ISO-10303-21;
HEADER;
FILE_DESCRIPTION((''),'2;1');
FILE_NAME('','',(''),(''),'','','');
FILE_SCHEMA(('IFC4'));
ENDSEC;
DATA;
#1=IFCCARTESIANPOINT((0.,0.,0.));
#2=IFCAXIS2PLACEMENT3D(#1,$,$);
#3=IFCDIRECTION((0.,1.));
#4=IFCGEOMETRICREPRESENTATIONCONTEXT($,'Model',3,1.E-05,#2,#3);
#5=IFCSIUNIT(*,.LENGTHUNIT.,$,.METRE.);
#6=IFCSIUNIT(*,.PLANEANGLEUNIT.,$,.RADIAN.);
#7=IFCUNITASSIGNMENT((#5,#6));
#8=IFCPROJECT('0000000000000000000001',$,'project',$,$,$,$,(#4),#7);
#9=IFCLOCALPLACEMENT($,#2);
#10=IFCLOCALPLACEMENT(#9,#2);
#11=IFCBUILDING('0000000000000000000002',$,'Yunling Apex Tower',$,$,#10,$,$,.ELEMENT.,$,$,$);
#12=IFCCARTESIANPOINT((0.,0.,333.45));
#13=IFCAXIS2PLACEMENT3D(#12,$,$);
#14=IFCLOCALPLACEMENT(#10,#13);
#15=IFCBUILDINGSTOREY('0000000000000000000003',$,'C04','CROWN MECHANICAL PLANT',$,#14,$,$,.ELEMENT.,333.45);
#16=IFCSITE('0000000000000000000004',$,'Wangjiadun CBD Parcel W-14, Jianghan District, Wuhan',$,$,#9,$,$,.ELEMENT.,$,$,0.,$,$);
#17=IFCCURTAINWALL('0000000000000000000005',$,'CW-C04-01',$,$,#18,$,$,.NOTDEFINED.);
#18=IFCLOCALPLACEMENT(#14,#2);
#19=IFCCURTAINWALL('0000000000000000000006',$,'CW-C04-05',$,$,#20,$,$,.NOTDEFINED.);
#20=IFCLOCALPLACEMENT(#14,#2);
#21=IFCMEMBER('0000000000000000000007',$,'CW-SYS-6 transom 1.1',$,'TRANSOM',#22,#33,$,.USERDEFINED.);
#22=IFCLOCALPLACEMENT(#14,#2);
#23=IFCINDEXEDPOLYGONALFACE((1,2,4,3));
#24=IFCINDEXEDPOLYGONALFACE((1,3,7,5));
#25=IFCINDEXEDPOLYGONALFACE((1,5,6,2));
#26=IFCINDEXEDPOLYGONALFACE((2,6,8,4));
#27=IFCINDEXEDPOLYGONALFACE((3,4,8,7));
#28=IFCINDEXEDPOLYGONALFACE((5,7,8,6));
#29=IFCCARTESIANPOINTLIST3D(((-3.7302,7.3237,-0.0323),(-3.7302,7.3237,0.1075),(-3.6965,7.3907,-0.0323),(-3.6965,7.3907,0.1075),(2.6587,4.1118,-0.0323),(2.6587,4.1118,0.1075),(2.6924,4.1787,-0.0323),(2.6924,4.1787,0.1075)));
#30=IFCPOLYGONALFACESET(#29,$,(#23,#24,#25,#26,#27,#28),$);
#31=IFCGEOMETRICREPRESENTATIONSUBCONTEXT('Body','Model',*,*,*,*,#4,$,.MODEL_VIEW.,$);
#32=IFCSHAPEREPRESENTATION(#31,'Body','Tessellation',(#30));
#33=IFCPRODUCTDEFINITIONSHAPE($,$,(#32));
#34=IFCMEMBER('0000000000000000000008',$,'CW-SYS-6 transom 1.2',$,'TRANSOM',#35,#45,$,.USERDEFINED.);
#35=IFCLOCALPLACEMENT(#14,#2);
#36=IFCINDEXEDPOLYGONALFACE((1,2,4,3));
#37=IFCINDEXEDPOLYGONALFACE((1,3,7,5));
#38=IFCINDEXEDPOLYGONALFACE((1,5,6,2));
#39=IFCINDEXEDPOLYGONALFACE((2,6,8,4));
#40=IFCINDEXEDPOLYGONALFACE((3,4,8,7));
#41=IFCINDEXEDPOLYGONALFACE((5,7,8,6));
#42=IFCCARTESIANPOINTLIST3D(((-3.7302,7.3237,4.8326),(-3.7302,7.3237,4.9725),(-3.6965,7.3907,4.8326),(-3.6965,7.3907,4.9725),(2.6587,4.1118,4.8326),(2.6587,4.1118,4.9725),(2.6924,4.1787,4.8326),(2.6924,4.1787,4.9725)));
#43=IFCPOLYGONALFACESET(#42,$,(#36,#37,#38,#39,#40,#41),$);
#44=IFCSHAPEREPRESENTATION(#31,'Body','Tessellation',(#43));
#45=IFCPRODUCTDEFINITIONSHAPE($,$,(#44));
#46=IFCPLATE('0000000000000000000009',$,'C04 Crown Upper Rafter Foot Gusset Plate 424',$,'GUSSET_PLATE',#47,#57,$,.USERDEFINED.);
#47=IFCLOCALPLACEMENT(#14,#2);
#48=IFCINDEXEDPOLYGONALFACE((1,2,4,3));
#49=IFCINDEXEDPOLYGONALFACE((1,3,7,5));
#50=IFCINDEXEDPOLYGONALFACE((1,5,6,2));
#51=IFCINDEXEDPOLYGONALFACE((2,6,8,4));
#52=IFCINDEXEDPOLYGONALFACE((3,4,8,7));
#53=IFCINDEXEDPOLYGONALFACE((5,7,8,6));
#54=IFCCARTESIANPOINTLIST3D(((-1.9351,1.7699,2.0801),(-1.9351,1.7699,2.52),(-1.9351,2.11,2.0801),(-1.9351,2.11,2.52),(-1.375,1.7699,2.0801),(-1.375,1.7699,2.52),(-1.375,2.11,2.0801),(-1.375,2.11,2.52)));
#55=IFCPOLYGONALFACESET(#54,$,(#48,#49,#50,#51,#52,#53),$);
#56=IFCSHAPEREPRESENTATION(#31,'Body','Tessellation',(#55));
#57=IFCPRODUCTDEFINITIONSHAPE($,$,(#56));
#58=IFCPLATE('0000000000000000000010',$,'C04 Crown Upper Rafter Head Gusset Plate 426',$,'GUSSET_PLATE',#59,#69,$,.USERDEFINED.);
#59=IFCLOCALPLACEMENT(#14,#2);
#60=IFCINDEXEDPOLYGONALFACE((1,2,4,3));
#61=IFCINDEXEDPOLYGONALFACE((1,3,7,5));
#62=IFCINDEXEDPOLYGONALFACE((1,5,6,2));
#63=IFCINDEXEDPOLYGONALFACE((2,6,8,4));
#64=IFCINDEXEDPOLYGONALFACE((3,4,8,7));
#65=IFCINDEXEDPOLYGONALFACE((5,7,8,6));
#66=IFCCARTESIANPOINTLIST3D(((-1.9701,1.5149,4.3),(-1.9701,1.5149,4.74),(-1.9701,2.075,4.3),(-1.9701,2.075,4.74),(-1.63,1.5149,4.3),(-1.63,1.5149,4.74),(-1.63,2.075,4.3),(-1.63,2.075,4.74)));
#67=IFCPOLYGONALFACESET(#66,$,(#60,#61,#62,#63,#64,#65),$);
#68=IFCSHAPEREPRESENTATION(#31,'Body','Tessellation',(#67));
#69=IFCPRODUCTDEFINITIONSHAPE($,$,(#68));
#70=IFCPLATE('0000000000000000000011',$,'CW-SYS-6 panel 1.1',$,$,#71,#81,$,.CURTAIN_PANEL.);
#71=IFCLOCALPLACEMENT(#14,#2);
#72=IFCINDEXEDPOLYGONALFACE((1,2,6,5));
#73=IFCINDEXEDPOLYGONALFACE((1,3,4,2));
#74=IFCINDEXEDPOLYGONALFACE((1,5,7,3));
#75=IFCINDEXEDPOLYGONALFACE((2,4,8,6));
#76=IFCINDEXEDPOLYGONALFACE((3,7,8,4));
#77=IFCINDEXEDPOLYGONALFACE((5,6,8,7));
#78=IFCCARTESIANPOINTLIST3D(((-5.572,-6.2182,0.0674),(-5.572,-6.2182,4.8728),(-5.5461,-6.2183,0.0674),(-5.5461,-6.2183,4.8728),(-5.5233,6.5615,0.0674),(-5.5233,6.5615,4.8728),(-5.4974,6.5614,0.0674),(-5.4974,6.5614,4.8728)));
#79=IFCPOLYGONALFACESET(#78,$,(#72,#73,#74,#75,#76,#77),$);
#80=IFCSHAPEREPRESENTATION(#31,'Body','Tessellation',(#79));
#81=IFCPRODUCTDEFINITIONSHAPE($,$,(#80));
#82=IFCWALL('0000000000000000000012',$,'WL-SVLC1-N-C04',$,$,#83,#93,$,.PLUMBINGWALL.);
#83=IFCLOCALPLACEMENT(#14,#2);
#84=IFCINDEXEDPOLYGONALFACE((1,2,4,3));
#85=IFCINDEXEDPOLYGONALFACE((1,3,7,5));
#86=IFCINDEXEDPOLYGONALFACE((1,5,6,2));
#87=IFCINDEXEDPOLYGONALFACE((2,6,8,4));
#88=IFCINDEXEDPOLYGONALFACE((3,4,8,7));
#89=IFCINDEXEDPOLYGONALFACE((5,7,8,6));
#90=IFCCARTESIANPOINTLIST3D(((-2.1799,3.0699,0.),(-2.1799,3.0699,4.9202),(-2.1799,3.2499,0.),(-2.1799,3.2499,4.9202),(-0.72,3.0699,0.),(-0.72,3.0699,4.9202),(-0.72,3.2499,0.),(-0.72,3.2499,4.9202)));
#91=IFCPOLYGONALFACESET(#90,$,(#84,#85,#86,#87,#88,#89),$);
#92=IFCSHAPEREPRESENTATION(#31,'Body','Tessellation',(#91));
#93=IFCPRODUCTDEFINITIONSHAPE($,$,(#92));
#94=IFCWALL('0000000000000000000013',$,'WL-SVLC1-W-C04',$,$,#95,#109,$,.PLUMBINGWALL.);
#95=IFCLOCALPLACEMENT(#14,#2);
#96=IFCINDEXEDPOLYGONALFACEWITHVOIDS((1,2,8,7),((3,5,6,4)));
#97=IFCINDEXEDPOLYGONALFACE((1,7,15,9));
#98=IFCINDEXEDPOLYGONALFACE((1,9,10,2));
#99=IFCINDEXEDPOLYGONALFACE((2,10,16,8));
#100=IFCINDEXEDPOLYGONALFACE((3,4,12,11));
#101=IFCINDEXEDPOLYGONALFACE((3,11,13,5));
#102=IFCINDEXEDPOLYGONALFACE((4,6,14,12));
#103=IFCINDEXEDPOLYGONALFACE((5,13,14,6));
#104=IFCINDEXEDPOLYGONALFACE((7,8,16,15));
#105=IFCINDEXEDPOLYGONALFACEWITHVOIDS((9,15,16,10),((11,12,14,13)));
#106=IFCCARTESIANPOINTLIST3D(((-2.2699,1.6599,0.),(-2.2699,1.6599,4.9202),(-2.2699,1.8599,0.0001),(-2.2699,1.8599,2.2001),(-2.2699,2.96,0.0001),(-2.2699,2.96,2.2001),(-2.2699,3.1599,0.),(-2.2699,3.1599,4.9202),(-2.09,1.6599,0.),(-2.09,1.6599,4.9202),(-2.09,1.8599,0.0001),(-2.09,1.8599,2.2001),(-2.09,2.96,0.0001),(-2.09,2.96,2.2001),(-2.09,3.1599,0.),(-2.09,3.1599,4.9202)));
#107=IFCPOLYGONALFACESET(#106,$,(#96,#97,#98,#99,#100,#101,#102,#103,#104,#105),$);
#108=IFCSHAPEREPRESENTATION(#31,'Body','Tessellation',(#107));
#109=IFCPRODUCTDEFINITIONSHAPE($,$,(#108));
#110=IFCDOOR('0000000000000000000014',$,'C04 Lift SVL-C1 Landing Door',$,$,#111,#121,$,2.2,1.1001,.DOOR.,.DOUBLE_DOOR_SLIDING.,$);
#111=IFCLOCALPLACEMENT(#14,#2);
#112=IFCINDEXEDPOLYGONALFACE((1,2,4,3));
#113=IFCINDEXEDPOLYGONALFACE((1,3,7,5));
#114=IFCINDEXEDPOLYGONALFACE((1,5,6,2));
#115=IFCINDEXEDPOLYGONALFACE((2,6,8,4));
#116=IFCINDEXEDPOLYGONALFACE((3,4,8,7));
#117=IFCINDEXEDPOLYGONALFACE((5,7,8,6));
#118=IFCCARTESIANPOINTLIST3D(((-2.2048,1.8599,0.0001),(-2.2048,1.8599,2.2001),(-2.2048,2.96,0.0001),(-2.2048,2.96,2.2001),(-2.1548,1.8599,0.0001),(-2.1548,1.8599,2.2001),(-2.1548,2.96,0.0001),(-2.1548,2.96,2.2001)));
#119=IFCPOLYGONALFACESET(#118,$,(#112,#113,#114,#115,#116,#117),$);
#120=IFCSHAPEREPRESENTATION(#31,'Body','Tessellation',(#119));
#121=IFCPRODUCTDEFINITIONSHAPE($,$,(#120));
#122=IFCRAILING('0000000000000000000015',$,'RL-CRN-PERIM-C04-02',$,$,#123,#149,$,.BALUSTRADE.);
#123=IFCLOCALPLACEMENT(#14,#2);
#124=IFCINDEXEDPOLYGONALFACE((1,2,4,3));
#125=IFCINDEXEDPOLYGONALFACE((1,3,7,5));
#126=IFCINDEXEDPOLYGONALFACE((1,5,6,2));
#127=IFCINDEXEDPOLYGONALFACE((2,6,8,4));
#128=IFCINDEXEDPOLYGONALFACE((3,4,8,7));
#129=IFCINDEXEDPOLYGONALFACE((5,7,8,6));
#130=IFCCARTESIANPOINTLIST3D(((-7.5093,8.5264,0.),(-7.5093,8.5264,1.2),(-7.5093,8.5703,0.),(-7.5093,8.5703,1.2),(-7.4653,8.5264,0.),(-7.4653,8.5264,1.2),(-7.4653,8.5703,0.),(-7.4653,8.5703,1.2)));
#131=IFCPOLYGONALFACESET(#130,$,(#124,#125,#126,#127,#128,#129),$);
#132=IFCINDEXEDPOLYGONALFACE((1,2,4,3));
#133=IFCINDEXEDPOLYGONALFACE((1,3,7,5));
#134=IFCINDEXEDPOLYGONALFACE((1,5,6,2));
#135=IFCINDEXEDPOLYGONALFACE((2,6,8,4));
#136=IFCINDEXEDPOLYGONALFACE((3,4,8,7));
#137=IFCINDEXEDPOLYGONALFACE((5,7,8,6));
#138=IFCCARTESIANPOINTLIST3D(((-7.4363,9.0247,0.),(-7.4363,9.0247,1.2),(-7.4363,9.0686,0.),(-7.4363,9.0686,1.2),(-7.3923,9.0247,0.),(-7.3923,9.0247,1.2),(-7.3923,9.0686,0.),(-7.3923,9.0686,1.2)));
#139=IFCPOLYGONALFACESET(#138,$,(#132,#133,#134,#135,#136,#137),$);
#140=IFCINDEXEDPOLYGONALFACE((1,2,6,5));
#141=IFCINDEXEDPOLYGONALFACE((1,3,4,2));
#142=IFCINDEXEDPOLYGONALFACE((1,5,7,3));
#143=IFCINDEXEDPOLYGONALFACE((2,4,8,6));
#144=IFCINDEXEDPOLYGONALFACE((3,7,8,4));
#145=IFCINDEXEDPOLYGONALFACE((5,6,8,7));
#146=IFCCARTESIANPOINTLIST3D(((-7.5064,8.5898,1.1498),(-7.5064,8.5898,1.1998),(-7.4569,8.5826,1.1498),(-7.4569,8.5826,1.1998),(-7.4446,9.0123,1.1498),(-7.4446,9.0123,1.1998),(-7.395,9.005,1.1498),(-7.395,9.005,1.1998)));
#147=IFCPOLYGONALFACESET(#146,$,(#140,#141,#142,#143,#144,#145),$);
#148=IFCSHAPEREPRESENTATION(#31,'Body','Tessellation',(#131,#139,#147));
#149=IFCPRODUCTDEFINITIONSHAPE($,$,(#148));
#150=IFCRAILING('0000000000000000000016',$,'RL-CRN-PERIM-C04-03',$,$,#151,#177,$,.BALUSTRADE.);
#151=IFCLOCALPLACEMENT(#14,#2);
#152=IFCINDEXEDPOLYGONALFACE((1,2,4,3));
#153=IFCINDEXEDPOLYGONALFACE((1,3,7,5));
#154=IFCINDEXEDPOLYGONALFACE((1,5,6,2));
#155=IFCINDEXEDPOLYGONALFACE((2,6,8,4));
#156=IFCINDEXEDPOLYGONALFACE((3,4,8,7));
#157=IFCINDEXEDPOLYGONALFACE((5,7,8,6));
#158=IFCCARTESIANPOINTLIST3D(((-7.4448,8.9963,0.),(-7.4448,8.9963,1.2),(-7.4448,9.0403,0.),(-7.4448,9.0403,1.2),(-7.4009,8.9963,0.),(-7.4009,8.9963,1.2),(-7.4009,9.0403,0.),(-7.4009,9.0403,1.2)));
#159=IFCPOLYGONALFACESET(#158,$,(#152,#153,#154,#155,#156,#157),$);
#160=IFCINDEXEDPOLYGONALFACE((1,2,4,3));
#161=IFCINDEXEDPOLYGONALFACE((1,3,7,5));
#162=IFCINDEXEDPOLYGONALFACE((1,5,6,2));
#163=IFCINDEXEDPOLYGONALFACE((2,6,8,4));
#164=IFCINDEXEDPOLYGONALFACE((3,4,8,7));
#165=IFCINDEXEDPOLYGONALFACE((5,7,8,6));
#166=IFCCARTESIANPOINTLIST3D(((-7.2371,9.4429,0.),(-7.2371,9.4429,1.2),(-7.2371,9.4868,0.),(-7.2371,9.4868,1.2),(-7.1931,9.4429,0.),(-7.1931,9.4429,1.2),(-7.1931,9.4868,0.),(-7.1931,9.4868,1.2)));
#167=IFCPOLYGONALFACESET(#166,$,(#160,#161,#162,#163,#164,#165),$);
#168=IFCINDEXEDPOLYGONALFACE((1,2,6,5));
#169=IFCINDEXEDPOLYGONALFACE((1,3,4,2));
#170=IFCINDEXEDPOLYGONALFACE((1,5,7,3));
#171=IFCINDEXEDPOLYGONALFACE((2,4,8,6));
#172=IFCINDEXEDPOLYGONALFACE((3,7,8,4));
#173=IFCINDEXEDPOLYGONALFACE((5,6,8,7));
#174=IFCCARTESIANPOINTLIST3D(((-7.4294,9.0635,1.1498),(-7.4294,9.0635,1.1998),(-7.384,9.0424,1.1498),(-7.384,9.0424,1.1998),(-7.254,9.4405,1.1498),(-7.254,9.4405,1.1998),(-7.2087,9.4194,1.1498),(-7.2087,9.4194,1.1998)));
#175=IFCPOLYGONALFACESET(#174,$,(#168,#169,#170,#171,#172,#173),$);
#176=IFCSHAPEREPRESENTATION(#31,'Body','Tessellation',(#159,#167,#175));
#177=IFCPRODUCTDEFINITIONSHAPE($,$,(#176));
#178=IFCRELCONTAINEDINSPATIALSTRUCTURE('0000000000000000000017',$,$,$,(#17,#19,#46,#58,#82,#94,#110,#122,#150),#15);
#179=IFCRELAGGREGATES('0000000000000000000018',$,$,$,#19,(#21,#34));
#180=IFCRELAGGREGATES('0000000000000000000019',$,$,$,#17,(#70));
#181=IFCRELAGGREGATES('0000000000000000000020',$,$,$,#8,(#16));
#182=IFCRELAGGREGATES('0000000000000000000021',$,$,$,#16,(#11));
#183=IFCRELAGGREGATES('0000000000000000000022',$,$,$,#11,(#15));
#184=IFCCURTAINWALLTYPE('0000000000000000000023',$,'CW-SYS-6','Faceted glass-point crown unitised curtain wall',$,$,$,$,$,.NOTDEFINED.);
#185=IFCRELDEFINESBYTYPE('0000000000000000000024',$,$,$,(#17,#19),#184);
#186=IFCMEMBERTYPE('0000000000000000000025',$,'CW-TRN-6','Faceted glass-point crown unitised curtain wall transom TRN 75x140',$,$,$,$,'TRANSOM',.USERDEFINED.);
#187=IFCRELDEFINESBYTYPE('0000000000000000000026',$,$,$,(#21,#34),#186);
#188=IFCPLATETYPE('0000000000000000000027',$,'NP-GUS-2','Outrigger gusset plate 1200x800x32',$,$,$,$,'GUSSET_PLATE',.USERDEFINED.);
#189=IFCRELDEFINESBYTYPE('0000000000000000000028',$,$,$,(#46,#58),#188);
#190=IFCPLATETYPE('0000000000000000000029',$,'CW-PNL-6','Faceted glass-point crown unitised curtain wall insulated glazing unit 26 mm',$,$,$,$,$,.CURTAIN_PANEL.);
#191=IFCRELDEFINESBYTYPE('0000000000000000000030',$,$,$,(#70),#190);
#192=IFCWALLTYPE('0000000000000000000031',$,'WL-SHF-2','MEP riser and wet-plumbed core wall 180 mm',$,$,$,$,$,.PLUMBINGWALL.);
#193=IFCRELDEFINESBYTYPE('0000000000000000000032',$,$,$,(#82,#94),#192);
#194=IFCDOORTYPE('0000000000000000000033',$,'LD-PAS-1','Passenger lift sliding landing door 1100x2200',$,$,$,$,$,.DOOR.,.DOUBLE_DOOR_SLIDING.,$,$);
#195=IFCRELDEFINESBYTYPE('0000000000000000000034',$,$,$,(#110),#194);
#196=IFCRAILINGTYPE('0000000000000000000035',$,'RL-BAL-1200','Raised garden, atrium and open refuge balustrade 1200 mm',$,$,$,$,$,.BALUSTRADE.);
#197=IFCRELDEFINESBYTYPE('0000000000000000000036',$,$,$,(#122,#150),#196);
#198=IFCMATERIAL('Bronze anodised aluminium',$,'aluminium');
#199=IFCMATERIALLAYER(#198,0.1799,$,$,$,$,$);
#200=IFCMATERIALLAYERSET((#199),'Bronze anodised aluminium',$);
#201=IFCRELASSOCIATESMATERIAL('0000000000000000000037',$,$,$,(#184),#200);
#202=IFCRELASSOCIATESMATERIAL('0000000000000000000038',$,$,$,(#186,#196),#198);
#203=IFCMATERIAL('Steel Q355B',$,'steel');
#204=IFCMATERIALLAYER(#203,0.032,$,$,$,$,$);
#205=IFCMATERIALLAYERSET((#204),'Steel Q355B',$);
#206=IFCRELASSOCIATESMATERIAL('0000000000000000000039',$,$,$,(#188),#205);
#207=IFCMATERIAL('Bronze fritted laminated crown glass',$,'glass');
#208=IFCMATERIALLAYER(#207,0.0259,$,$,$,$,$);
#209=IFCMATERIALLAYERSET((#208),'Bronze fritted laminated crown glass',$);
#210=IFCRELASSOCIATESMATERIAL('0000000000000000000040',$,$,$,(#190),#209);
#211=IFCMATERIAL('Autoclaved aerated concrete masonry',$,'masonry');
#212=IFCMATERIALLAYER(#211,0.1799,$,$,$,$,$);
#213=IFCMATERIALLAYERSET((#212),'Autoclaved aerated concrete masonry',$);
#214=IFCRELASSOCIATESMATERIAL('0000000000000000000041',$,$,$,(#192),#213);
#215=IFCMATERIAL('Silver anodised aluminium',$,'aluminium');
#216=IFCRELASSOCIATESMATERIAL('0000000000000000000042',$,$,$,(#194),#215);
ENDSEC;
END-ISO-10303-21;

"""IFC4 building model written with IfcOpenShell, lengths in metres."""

from ifc_helpers import new_model, si_unit, direction, frame, frame_2d, origin, origin_2d, place, context, subcontext, project, spatial, rectangle, extrude, source, transform, mapped, material, layer, layer_set, material_profile, profile_set, type_object, element, fill, aggregate, save


model = new_model("IFC4")

# Units and contexts
model_context = context("Model", 3, precision=1e-05, world=origin(), true_north=direction((0.0, 1.0)))
body_context = subcontext(model_context, "Body", "Model", "MODEL_VIEW")
ifc_project = project(units=[si_unit("LENGTHUNIT", "METRE"), si_unit("PLANEANGLEUNIT", "RADIAN")], contexts=[model_context])

# Site, building, storey
site_placement = place(None, origin())
site = spatial("IfcSite", under=ifc_project, at=site_placement, Name="Wangjiadun CBD Parcel W-14, Jianghan District, Wuhan", CompositionType="ELEMENT", RefElevation=0.0)
building_placement = place(site_placement, origin())
building = spatial("IfcBuilding", under=site, at=building_placement, Name="Yunling Apex Tower", CompositionType="ELEMENT")
storey_placement = place(building_placement, frame((0.0, 0.0, 333.45)))
storey = spatial("IfcBuildingStorey", under=building, at=storey_placement, Name="C04", Description="CROWN MECHANICAL PLANT", CompositionType="ELEMENT", Elevation=333.45)

# Shared definitions
ifc_material_1 = material(Name="Steel Q355B", Category="steel")

# Curtain wall
ifc_material_2 = material(Name="Bronze anodised aluminium", Category="aluminium")
ifc_layer_1 = layer(ifc_material_2, 0.1799)
ifc_layer_set_1 = layer_set([ifc_layer_1], Name="Bronze anodised aluminium")
curtain_wall_type = type_object("IfcCurtainWallType", Name="CW-SYS-6", Description="Faceted glass-point crown unitised curtain wall", PredefinedType="NOTDEFINED", material=ifc_layer_set_1)
curtain_wall_1_placement = place(storey_placement, origin())
curtain_wall_1 = element("IfcCurtainWall", 1, at=curtain_wall_1_placement, inside=storey, type_object=curtain_wall_type, Name="CW-C04-01", PredefinedType="NOTDEFINED")

# Curtain wall, members
curtain_wall_2_placement = place(storey_placement, origin())
curtain_wall_2 = element("IfcCurtainWall", 2, at=curtain_wall_2_placement, inside=storey, type_object=curtain_wall_type, Name="CW-C04-05", PredefinedType="NOTDEFINED")
ifc_material_profile_1 = material_profile(ifc_material_2, rectangle(XDim=0.075, YDim=0.1399, at=origin_2d()))
ifc_profile_set_1 = profile_set([ifc_material_profile_1], Name="Bronze anodised aluminium")
member_type_1 = type_object("IfcMemberType", Name="CW-TRN-6", Description="Faceted glass-point crown unitised curtain wall transom TRN 75x140", ElementType="TRANSOM", PredefinedType="USERDEFINED", material=ifc_profile_set_1)
shared_shape_1 = source(origin(), body_context, "Body", "SweptSolid", [
    extrude(rectangle(XDim=0.075, YDim=0.1399, at=origin_2d()), origin(), (0.0, 0.0, 1.0), 7.1509),
])
member_1_placement = place(storey_placement, frame((-3.7134, 7.3572, 0.0376), z_axis=(0.893449, -0.449165, 0.0), x_axis=(0.449165, 0.893449, 0.0)))
member_1 = element("IfcMember", 3, at=member_1_placement, type_object=member_type_1, Name="CW-SYS-6 transom 1.1", ObjectType="TRANSOM", PredefinedType="USERDEFINED", context=body_context, shape_type="MappedRepresentation", body=[
    mapped(shared_shape_1, transform((0.0, 0.0, 0.0), scale=1.0)),
])
member_2_placement = place(storey_placement, frame((-3.7134, 7.3572, 4.9026), z_axis=(0.893449, -0.449165, 0.0), x_axis=(0.449165, 0.893449, 0.0)))
member_2 = element("IfcMember", 4, at=member_2_placement, type_object=member_type_1, Name="CW-SYS-6 transom 1.2", ObjectType="TRANSOM", PredefinedType="USERDEFINED", context=body_context, shape_type="MappedRepresentation", body=[
    mapped(shared_shape_1, transform((0.0, 0.0, 0.0), scale=1.0)),
])
aggregate(curtain_wall_2, [member_1, member_2])

# Plates
ifc_layer_2 = layer(ifc_material_1, 0.032)
ifc_layer_set_2 = layer_set([ifc_layer_2], Name="Steel Q355B")
plate_type_1 = type_object("IfcPlateType", Name="NP-GUS-2", Description="Outrigger gusset plate 1200x800x32", ElementType="GUSSET_PLATE", PredefinedType="USERDEFINED", material=ifc_layer_set_2)
shared_shape_2 = source(origin(), body_context, "Body", "SweptSolid", [
    extrude(rectangle(XDim=0.5601, YDim=0.3401, at=origin_2d()), origin(), (0.0, 0.0, 1.0), 0.4399),
])
for number, where, z_axis, x_axis, name in (
    (5, (-1.655, 1.9399, 2.0801), (0.0, 0.0, 1.0), (1.0, 0.0, 0.0), "C04 Crown Upper Rafter Foot Gusset Plate 424"),
    (6, (-1.8, 1.7949, 4.3), (0.0, 0.0, 1.0), (0.0, 1.0, 0.0), "C04 Crown Upper Rafter Head Gusset Plate 426"),
):
    element("IfcPlate", number, at=place(storey_placement, frame(where, z_axis=z_axis, x_axis=x_axis)), inside=storey, type_object=plate_type_1, Name=name, ObjectType="GUSSET_PLATE", PredefinedType="USERDEFINED", context=body_context, shape_type="MappedRepresentation", body=[
        mapped(shared_shape_2, transform((0.0, 0.0, 0.0), scale=1.0)),
    ])

# Plate
ifc_material_3 = material(Name="Bronze fritted laminated crown glass", Category="glass")
ifc_layer_3 = layer(ifc_material_3, 0.0259)
ifc_layer_set_3 = layer_set([ifc_layer_3], Name="Bronze fritted laminated crown glass")
plate_type_2 = type_object("IfcPlateType", Name="CW-PNL-6", Description="Faceted glass-point crown unitised curtain wall insulated glazing unit 26 mm", PredefinedType="CURTAIN_PANEL", material=ifc_layer_set_3)
shared_shape_3 = source(origin(), body_context, "Body", "SweptSolid", [
    extrude(rectangle(XDim=12.7798, YDim=0.0259, at=origin_2d()), origin(), (0.0, 0.0, 1.0), 4.8054),
])
plate_placement = place(storey_placement, frame((-5.5347, 0.1716, 0.0674), z_axis=(0.0, 0.0, 1.0), x_axis=(0.00381, 0.999993, 0.0)))
plate = element("IfcPlate", 7, at=plate_placement, type_object=plate_type_2, Name="CW-SYS-6 panel 1.1", PredefinedType="CURTAIN_PANEL", context=body_context, shape_type="MappedRepresentation", body=[
    mapped(shared_shape_3, transform((0.0, 0.0, 0.0), scale=1.0)),
])
aggregate(curtain_wall_1, [plate])

# Wall
ifc_material_4 = material(Name="Autoclaved aerated concrete masonry", Category="masonry")
ifc_layer_4 = layer(ifc_material_4, 0.1799)
ifc_layer_set_4 = layer_set([ifc_layer_4], Name="Autoclaved aerated concrete masonry")
wall_type = type_object("IfcWallType", Name="WL-SHF-2", Description="MEP riser and wet-plumbed core wall 180 mm", PredefinedType="PLUMBINGWALL", material=ifc_layer_set_4)
wall_1_placement = place(storey_placement, frame((-2.1799, 3.1599, 0.0), z_axis=(0.0, 0.0, 1.0), x_axis=(1.0, 0.0, 0.0)))
element("IfcWall", 8, at=wall_1_placement, inside=storey, type_object=wall_type, Name="WL-SVLC1-N-C04", PredefinedType="PLUMBINGWALL", context=body_context, shape_type="SweptSolid", body=[
    extrude(rectangle(XDim=1.46, YDim=0.1799, at=frame_2d((0.73, 0.0))), origin(), (0.0, 0.0, 1.0), 4.9202),
])

# Wall, opening, door
wall_2_placement = place(storey_placement, frame((-2.1799, 1.6599, 0.0), z_axis=(0.0, 0.0, 1.0), x_axis=(0.0, 1.0, 0.0)))
wall_2 = element("IfcWall", 9, at=wall_2_placement, inside=storey, type_object=wall_type, Name="WL-SVLC1-W-C04", PredefinedType="PLUMBINGWALL", context=body_context, shape_type="SweptSolid", body=[
    extrude(rectangle(XDim=1.5, YDim=0.1799, at=frame_2d((0.75, 0.0))), origin(), (0.0, 0.0, 1.0), 4.9202),
])
opening_placement = place(wall_2_placement, frame((0.2, 0.0, 0.0)))
opening = element("IfcOpeningElement", 10, at=opening_placement, cuts=wall_2, PredefinedType="OPENING", context=body_context, shape_type="SweptSolid", body=[
    extrude(rectangle(XDim=1.1001, YDim=2.2, at=frame_2d((0.55, 1.1001))), frame((0.0, 0.1001, 0.0), z_axis=(0.0, -1.0, 0.0), x_axis=(1.0, 0.0, 0.0)), (0.0, 0.0, 1.0), 0.2),
])
ifc_material_5 = material(Name="Silver anodised aluminium", Category="aluminium")
door_type = type_object("IfcDoorType", Name="LD-PAS-1", Description="Passenger lift sliding landing door 1100x2200", OperationType="DOUBLE_DOOR_SLIDING", PredefinedType="DOOR", material=ifc_material_5)
door_placement = place(opening_placement, origin())
door = element("IfcDoor", 11, at=door_placement, inside=storey, type_object=door_type, Name="C04 Lift SVL-C1 Landing Door", OperationType="DOUBLE_DOOR_SLIDING", OverallHeight=2.2, OverallWidth=1.1001, PredefinedType="DOOR", context=body_context, shape_type="SweptSolid", body=[
    extrude(rectangle(XDim=1.1001, YDim=2.2, at=frame_2d((0.55, 1.1001))), frame((0.0, 0.0249, 0.0), z_axis=(0.0, -1.0, 0.0), x_axis=(1.0, 0.0, 0.0)), (0.0, 0.0, 1.0), 0.05),
])
fill(opening, door)

# Railings
railing_type_1 = type_object("IfcRailingType", Name="RL-BAL-1200", Description="Raised garden, atrium and open refuge balustrade 1200 mm", PredefinedType="BALUSTRADE", material=ifc_material_2)
railing_1_placement = place(storey_placement, frame((-7.4873, 8.5483, 0.0)))
element("IfcRailing", 12, at=railing_1_placement, inside=storey, type_object=railing_type_1, Name="RL-CRN-PERIM-C04-02", PredefinedType="BALUSTRADE", context=body_context, shape_type="SweptSolid", body=[
    extrude(rectangle(XDim=0.0439, YDim=0.0439, at=origin_2d()), origin(), (0.0, 0.0, 1.0), 1.2),
    extrude(rectangle(XDim=0.0439, YDim=0.0439, at=origin_2d()), frame((0.073, 0.4983, 0.0)), (0.0, 0.0, 1.0), 1.2),
    extrude(rectangle(XDim=0.05, YDim=0.05, at=origin_2d()), frame((0.0056, 0.0378, 1.1748), z_axis=(0.14495, 0.989439, 0.0), x_axis=(-0.989439, 0.14495, 0.0)), (0.0, 0.0, 1.0), 0.427),
])
railing_2_placement = place(storey_placement, frame((-7.4229, 9.0183, 0.0)))
element("IfcRailing", 13, at=railing_2_placement, inside=storey, type_object=railing_type_1, Name="RL-CRN-PERIM-C04-03", PredefinedType="BALUSTRADE", context=body_context, shape_type="SweptSolid", body=[
    extrude(rectangle(XDim=0.0439, YDim=0.0439, at=origin_2d()), origin(), (0.0, 0.0, 1.0), 1.2),
    extrude(rectangle(XDim=0.0439, YDim=0.0439, at=origin_2d()), frame((0.2078, 0.4465, 0.0)), (0.0, 0.0, 1.0), 1.2),
    extrude(rectangle(XDim=0.05, YDim=0.05, at=origin_2d()), frame((0.0161, 0.0347, 1.1748), z_axis=(0.421854, 0.906664, 0.0), x_axis=(-0.906664, 0.421854, 0.0)), (0.0, 0.0, 1.0), 0.4158),
])

save(model, "model.ifc")
